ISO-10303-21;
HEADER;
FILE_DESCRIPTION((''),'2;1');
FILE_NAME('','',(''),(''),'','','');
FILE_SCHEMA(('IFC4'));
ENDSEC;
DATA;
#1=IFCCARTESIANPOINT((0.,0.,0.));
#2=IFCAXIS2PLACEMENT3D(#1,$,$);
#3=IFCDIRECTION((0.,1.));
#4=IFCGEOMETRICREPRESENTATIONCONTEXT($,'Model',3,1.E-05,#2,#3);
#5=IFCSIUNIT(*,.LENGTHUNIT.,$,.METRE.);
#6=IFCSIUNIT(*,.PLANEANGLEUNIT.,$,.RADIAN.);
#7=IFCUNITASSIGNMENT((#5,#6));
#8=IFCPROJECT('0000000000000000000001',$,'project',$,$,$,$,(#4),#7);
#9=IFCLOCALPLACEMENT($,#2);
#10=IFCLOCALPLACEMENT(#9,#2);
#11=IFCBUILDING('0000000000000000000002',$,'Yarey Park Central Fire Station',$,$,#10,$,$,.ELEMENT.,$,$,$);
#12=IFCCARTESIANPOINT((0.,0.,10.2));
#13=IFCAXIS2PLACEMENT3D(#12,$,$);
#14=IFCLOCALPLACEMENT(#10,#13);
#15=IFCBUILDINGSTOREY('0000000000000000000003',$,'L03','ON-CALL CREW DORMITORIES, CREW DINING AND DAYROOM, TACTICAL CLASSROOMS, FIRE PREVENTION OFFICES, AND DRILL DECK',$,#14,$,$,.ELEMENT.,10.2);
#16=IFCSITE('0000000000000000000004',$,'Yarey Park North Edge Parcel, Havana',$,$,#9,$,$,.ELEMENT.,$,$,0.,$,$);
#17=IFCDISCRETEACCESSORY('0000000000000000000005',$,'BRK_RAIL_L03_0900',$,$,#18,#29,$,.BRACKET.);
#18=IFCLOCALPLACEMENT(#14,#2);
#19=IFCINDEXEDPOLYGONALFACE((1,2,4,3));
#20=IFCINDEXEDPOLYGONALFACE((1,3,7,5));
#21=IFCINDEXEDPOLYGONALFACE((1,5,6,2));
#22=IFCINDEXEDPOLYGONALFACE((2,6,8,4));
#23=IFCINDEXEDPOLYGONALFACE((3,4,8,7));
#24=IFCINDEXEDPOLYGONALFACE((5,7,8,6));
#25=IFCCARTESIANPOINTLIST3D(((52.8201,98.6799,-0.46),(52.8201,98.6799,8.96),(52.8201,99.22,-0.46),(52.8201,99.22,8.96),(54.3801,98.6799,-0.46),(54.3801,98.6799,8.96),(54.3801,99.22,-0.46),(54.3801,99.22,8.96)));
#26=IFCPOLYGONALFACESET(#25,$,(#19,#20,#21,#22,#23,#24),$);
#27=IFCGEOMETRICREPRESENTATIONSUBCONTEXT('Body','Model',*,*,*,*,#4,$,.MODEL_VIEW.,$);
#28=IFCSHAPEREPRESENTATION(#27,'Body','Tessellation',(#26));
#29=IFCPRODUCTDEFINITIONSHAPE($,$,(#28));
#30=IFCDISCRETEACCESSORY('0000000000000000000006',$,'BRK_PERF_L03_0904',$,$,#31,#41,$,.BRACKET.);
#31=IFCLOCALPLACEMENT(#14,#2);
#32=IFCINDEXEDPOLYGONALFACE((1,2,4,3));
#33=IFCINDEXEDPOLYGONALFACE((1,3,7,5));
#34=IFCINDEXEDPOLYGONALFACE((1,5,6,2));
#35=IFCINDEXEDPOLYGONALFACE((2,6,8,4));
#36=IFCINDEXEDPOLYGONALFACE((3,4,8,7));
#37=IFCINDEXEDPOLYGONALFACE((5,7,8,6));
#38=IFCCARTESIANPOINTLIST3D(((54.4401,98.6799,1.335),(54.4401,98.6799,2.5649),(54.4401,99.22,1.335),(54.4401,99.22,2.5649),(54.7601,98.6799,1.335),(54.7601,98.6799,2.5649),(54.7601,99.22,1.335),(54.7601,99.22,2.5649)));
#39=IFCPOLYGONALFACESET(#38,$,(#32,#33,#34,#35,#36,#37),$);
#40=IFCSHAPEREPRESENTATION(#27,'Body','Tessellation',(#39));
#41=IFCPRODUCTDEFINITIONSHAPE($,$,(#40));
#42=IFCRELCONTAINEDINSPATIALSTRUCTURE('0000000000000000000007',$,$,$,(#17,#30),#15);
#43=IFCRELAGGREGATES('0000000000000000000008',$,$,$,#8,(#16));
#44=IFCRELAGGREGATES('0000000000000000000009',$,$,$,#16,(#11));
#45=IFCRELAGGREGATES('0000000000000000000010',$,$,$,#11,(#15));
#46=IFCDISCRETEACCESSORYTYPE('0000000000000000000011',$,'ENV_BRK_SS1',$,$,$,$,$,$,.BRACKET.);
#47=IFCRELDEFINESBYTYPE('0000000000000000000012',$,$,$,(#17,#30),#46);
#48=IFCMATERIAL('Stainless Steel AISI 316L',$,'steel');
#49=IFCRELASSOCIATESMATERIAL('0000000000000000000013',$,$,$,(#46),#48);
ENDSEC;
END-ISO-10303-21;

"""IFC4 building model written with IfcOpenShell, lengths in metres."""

from ifc_helpers import new_model, si_unit, direction, frame, origin, origin_2d, place, context, subcontext, project, spatial, rectangle, extrude, material, type_object, element, save


model = new_model("IFC4")

# Units and contexts
model_context = context("Model", 3, precision=1e-05, world=origin(), true_north=direction((0.0, 1.0)))
body_context = subcontext(model_context, "Body", "Model", "MODEL_VIEW")
ifc_project = project(units=[si_unit("LENGTHUNIT", "METRE"), si_unit("PLANEANGLEUNIT", "RADIAN")], contexts=[model_context])

# Site, building, storey
site_placement = place(None, origin())
site = spatial("IfcSite", under=ifc_project, at=site_placement, Name="Yarey Park North Edge Parcel, Havana", CompositionType="ELEMENT", RefElevation=0.0)
building_placement = place(site_placement, origin())
building = spatial("IfcBuilding", under=site, at=building_placement, Name="Yarey Park Central Fire Station", CompositionType="ELEMENT")
storey_placement = place(building_placement, frame((0.0, 0.0, 10.2)))
storey = spatial("IfcBuildingStorey", under=building, at=storey_placement, Name="L03", Description="ON-CALL CREW DORMITORIES, CREW DINING AND DAYROOM, TACTICAL CLASSROOMS, FIRE PREVENTION OFFICES, AND DRILL DECK", CompositionType="ELEMENT", Elevation=10.2)

# Discrete accessories
ifc_material_1 = material(Name="Stainless Steel AISI 316L", Category="steel")
discrete_accessory_type = type_object("IfcDiscreteAccessoryType", Name="ENV_BRK_SS1", PredefinedType="BRACKET", material=ifc_material_1)
discrete_accessory_1_placement = place(storey_placement, frame((53.6001, 98.95, -0.46), z_axis=(0.0, 0.0, 1.0), x_axis=(1.0, 0.0, 0.0)))
element("IfcDiscreteAccessory", 1, at=discrete_accessory_1_placement, inside=storey, type_object=discrete_accessory_type, Name="BRK_RAIL_L03_0900", PredefinedType="BRACKET", context=body_context, shape_type="SweptSolid", body=[
    extrude(rectangle(XDim=1.5601, YDim=0.54, at=origin_2d()), origin(), (0.0, 0.0, 1.0), 9.4199),
])
discrete_accessory_2_placement = place(storey_placement, frame((54.6001, 98.95, 1.335), z_axis=(0.0, 0.0, 1.0), x_axis=(1.0, 0.0, 0.0)))
element("IfcDiscreteAccessory", 2, at=discrete_accessory_2_placement, inside=storey, type_object=discrete_accessory_type, Name="BRK_PERF_L03_0904", PredefinedType="BRACKET", context=body_context, shape_type="SweptSolid", body=[
    extrude(rectangle(XDim=0.3201, YDim=0.54, at=origin_2d()), origin(), (0.0, 0.0, 1.0), 1.23),
])

save(model, "model.ifc")
